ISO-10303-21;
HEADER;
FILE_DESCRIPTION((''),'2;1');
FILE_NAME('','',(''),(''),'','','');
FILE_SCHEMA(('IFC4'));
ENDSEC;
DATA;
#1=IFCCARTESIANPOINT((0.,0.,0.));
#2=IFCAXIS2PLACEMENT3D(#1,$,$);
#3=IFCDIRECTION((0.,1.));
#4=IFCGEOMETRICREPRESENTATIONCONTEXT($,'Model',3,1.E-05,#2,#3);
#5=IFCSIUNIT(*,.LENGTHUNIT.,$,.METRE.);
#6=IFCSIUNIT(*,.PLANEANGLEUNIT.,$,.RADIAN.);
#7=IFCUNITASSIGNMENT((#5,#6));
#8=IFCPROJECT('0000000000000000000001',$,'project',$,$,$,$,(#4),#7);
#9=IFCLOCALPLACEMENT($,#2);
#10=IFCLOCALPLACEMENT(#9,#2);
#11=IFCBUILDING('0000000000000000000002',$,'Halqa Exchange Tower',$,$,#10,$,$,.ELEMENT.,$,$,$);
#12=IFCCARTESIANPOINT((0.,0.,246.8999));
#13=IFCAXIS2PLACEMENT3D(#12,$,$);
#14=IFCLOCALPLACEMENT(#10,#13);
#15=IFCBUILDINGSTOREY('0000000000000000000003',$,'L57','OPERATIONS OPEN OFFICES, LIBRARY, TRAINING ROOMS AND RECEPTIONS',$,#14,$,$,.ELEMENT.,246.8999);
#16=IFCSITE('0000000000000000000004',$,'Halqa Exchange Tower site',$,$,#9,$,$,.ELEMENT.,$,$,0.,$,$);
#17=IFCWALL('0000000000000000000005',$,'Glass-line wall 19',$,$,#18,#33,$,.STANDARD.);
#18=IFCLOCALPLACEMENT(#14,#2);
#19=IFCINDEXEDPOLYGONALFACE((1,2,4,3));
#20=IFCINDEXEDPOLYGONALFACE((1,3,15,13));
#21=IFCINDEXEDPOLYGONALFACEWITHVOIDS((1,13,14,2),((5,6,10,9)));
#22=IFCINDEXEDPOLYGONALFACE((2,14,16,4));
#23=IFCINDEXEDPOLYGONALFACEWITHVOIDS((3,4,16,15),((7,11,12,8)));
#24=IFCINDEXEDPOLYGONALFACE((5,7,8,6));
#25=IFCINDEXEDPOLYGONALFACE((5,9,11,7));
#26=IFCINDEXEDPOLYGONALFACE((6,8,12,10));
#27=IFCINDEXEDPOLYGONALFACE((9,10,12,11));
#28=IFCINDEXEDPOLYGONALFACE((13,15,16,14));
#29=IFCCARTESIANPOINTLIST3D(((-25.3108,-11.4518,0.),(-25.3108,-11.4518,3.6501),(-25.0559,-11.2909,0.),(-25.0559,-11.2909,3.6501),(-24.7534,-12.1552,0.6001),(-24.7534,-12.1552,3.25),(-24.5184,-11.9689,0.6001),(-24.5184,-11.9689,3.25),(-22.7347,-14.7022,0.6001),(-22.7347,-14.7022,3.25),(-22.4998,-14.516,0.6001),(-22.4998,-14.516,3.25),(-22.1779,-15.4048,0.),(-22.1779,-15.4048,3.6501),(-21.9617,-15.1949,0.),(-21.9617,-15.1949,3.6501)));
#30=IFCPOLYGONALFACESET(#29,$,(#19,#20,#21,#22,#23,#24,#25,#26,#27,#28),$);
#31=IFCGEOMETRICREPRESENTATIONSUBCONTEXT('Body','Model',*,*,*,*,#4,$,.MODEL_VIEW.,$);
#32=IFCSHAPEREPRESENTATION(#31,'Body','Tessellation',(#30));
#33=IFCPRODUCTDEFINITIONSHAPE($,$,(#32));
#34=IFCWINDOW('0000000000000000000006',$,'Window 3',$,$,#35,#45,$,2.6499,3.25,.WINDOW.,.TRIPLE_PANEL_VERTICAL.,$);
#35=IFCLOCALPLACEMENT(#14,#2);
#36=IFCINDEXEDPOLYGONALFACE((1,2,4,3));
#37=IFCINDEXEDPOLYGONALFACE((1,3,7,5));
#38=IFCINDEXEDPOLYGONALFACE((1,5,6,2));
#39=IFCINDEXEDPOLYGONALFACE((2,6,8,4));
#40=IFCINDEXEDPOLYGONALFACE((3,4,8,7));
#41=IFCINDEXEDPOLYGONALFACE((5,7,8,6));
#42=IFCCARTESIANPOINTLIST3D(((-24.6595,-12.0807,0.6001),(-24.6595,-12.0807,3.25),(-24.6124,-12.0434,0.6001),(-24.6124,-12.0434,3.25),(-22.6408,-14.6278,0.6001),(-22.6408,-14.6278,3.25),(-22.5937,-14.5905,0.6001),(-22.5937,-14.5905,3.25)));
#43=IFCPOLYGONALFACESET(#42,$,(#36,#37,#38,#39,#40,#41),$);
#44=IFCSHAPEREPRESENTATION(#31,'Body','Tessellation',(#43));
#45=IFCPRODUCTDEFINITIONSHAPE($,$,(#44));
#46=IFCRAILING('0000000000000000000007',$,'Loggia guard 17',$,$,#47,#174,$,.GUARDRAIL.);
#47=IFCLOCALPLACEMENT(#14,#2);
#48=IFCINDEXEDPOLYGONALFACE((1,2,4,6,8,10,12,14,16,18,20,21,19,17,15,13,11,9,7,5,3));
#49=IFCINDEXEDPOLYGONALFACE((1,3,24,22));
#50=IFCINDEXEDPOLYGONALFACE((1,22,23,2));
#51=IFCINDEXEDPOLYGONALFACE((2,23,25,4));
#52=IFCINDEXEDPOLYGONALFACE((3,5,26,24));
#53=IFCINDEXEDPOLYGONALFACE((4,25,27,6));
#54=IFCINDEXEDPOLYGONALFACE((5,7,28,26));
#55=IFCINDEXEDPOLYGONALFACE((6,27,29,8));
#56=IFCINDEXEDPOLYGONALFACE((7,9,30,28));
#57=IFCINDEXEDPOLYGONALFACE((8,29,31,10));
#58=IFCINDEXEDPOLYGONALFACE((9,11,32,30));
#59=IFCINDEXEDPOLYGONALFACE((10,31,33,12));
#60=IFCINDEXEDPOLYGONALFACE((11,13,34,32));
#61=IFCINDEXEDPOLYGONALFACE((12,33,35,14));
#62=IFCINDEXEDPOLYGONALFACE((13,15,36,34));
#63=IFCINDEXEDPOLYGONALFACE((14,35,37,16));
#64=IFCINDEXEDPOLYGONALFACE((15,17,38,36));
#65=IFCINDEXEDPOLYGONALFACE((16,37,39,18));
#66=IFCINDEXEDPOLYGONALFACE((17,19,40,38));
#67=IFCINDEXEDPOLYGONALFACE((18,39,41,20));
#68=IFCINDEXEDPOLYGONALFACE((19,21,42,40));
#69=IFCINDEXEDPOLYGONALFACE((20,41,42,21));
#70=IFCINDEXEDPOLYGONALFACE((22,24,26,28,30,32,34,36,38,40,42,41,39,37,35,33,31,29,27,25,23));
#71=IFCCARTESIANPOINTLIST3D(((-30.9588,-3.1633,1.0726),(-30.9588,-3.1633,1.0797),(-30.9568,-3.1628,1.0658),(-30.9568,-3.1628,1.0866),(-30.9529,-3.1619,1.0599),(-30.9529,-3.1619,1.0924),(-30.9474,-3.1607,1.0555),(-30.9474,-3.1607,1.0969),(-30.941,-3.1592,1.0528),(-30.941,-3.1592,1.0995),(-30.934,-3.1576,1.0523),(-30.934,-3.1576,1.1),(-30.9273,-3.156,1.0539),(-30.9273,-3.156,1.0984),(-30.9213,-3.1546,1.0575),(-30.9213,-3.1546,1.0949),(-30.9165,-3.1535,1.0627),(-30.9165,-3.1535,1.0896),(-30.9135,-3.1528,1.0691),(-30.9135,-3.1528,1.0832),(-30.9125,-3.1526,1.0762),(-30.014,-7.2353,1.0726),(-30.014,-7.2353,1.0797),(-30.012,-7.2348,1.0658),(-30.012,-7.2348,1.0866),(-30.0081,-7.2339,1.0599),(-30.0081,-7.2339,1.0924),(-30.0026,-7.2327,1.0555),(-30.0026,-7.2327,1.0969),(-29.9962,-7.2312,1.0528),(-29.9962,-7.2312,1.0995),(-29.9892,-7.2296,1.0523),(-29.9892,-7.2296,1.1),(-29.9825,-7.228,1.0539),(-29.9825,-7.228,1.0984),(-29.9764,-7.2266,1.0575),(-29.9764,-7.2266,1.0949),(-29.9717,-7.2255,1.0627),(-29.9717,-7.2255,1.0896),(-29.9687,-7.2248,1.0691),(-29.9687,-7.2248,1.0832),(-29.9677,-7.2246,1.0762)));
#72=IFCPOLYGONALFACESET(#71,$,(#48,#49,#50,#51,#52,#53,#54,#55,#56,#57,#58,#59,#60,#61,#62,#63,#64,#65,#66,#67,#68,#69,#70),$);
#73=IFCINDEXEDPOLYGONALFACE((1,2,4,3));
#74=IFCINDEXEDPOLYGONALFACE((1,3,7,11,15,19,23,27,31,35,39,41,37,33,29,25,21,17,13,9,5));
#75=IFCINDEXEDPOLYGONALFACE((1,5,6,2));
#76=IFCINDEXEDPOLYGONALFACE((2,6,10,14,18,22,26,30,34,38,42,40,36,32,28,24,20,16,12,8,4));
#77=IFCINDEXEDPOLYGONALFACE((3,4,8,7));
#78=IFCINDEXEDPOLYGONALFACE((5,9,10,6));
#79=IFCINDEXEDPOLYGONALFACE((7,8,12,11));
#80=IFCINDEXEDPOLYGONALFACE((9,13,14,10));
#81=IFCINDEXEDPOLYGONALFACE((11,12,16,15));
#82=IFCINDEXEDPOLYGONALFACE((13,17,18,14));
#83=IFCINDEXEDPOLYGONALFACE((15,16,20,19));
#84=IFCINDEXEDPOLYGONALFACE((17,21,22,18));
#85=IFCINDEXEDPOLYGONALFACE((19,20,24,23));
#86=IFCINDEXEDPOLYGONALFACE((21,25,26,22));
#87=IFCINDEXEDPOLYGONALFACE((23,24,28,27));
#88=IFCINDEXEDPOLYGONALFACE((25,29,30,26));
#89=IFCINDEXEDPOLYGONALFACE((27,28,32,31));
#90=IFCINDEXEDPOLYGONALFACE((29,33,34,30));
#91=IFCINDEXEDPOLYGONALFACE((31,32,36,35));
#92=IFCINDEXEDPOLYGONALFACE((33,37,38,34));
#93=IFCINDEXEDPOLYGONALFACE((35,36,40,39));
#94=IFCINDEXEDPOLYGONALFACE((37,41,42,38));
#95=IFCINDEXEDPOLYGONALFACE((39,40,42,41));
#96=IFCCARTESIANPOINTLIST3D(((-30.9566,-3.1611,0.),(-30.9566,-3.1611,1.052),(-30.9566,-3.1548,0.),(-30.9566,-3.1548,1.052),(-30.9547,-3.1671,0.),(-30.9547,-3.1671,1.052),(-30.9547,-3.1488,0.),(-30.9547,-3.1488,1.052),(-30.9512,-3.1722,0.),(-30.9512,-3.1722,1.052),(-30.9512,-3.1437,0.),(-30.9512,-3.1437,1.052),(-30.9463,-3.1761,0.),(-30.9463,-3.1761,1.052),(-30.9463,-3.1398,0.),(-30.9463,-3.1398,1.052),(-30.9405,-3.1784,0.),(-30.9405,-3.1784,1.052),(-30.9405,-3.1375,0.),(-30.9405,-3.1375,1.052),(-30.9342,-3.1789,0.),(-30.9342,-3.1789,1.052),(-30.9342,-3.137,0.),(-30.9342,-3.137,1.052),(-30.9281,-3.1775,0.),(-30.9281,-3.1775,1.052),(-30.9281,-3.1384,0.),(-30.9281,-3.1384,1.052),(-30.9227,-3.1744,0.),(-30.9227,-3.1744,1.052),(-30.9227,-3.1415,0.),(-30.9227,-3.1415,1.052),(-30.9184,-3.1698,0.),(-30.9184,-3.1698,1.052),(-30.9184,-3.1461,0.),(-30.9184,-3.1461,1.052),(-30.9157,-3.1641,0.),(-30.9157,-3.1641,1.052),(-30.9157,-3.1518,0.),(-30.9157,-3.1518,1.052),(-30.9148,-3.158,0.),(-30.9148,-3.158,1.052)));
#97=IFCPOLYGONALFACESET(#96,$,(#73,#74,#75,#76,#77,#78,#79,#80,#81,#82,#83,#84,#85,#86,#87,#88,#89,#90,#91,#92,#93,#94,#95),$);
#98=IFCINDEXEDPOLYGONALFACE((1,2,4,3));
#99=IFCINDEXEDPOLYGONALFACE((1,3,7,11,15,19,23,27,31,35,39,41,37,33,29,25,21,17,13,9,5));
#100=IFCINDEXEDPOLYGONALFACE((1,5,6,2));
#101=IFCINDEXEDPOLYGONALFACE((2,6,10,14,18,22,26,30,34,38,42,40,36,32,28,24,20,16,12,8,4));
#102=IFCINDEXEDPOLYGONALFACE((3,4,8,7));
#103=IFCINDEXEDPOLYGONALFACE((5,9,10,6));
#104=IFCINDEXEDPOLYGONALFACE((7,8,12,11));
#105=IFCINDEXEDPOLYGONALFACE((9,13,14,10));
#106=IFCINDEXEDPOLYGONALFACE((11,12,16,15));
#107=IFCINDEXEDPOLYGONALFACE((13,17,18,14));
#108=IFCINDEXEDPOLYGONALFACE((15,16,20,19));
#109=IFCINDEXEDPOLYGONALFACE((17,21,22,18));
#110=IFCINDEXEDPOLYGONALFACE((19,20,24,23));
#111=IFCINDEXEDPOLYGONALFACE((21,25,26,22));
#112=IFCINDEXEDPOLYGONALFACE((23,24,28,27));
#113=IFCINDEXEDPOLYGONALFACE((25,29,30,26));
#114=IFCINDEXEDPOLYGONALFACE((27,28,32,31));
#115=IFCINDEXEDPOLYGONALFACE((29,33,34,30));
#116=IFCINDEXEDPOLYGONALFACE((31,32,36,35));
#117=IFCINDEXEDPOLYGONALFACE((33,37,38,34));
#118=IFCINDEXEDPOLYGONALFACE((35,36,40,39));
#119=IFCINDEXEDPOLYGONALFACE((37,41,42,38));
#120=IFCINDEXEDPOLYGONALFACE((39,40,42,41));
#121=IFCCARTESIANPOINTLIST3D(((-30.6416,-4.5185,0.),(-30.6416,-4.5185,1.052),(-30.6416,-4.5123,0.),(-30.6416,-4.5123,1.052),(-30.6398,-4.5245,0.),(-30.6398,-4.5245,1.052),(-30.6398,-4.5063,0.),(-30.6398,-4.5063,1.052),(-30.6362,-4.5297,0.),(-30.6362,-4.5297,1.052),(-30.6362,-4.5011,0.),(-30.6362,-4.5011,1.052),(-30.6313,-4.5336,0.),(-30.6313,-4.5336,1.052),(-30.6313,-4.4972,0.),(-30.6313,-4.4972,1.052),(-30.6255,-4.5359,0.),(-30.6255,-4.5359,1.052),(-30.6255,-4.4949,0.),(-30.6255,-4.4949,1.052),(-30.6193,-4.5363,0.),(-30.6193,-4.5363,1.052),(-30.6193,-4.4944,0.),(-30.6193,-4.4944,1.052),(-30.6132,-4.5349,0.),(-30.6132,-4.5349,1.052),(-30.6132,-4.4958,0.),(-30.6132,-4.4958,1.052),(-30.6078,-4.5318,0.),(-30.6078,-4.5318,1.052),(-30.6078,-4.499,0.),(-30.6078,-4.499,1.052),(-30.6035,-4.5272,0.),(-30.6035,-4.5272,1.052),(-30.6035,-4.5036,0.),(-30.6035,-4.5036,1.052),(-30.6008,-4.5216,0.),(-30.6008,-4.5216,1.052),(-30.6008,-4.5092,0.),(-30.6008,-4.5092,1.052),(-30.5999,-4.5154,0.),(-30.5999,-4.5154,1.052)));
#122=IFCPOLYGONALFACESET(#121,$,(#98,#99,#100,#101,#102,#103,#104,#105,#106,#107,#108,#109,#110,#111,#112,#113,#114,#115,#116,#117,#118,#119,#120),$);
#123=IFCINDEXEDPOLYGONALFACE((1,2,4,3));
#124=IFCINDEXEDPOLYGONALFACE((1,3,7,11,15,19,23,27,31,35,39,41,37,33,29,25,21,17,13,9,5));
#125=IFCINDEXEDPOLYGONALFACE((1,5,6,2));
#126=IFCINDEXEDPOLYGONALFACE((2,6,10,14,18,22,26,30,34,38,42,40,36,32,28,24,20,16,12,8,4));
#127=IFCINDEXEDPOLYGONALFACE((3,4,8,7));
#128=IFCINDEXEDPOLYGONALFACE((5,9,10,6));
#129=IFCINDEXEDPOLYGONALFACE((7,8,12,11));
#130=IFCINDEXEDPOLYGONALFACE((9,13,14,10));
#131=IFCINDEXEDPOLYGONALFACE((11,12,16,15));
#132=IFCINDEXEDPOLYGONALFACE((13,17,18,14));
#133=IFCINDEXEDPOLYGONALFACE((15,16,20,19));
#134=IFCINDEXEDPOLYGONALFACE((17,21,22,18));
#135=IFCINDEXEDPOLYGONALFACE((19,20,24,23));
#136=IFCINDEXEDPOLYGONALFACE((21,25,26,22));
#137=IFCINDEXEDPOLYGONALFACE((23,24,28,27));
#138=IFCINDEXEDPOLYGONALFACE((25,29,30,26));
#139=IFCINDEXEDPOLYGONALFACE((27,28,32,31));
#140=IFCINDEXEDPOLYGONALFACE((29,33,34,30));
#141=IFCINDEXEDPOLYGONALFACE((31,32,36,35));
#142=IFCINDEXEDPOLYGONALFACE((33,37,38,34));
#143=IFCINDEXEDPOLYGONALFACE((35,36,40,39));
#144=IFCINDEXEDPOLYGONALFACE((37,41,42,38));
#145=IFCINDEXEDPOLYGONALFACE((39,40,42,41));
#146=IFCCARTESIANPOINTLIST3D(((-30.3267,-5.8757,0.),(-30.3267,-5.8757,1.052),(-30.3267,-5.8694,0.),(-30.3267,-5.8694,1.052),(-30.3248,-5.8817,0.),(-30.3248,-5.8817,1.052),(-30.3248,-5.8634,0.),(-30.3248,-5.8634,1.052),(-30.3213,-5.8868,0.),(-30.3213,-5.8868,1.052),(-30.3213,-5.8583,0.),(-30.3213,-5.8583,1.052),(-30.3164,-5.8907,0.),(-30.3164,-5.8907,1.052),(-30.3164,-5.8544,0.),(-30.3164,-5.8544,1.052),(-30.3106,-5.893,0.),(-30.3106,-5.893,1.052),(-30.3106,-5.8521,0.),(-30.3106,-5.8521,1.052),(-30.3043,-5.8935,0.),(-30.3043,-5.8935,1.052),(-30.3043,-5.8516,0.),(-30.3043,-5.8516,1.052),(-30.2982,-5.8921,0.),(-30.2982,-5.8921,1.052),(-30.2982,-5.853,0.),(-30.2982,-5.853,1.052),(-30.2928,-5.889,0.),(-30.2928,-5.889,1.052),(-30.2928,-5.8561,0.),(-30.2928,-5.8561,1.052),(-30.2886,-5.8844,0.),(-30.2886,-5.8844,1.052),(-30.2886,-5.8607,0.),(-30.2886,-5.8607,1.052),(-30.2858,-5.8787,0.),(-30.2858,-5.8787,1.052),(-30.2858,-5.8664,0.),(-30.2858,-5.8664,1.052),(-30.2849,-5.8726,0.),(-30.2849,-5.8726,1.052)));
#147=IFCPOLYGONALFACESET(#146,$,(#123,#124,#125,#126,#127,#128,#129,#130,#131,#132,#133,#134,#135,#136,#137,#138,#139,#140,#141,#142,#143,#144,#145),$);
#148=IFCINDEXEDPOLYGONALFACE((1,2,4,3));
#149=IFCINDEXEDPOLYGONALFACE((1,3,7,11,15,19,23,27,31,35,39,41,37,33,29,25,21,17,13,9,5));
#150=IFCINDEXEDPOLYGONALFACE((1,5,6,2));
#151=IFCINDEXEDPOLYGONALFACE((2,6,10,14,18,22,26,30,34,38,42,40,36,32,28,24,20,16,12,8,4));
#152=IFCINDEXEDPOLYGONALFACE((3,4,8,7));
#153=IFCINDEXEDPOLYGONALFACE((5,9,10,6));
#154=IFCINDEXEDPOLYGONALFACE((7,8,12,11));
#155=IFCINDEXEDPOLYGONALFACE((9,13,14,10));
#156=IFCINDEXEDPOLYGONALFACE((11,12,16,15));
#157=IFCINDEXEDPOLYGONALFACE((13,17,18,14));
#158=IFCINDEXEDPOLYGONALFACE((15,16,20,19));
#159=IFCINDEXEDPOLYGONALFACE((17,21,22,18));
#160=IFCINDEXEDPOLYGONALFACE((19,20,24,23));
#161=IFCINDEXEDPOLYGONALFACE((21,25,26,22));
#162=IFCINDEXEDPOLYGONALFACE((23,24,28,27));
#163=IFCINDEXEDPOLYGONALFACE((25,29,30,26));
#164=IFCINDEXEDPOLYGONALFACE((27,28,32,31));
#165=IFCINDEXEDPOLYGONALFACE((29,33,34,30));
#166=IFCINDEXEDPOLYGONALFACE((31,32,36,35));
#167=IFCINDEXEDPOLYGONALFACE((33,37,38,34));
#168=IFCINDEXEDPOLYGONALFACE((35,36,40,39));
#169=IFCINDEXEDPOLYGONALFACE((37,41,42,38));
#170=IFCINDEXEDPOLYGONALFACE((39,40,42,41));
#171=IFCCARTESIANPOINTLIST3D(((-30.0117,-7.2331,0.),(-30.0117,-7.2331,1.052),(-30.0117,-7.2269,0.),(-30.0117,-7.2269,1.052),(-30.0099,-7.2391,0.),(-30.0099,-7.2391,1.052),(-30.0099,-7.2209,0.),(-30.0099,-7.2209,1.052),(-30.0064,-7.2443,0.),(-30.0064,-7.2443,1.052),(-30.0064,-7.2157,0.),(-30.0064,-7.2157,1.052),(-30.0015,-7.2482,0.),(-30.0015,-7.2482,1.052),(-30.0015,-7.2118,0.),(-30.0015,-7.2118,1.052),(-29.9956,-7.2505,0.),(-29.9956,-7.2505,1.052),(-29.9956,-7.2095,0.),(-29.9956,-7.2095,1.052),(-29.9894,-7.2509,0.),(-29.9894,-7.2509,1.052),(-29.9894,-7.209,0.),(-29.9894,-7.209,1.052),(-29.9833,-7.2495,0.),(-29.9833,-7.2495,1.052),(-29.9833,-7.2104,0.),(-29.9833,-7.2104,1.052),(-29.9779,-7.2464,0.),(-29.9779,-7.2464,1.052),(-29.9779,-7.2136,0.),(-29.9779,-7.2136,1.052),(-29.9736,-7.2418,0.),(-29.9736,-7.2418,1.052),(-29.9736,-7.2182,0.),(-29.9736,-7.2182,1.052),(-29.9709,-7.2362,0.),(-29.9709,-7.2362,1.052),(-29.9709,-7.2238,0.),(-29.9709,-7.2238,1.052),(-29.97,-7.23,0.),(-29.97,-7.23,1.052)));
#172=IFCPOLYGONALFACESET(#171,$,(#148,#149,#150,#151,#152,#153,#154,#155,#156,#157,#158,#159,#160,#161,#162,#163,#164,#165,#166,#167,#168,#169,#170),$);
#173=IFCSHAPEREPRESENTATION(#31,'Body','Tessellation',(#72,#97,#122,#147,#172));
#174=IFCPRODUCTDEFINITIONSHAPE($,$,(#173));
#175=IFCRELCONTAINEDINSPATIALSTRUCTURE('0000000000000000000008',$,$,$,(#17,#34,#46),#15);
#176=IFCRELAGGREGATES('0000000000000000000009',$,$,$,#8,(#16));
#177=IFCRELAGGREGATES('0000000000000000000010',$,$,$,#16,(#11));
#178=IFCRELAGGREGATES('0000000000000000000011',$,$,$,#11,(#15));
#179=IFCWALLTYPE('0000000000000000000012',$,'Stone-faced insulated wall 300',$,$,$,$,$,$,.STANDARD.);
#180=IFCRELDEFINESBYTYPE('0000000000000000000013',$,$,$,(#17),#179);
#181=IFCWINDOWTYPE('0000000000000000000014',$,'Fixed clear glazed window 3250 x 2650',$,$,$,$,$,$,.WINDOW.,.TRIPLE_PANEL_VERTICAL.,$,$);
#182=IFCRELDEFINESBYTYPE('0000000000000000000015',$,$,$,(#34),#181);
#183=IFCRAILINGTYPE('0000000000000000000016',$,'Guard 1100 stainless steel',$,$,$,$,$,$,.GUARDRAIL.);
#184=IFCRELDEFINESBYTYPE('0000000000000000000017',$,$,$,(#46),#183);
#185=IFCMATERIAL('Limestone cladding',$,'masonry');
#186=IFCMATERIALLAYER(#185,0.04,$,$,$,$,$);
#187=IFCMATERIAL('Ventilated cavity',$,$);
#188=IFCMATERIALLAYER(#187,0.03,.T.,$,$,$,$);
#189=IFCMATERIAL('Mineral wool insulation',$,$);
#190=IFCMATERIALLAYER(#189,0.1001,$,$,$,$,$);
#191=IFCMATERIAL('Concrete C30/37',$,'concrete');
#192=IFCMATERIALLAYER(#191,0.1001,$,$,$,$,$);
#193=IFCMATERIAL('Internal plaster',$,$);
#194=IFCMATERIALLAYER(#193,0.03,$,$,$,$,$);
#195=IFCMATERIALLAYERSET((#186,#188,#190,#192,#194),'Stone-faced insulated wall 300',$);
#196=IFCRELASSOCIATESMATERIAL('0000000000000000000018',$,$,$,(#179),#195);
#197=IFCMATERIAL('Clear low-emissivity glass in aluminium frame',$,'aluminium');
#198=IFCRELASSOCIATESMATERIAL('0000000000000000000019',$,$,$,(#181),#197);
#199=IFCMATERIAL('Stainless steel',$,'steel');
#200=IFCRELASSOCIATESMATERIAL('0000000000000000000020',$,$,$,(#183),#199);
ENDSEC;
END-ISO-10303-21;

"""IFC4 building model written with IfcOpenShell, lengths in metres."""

from ifc_helpers import new_model, si_unit, direction, frame, frame_2d, origin, origin_2d, place, context, subcontext, project, spatial, polyline, rectangle, circle, outline, extrude, material, layer, layer_set, type_object, element, fill, save


model = new_model("IFC4")

# Units and contexts
model_context = context("Model", 3, precision=1e-05, world=origin(), true_north=direction((0.0, 1.0)))
body_context = subcontext(model_context, "Body", "Model", "MODEL_VIEW")
ifc_project = project(units=[si_unit("LENGTHUNIT", "METRE"), si_unit("PLANEANGLEUNIT", "RADIAN")], contexts=[model_context])

# Site, building, storey
site_placement = place(None, origin())
site = spatial("IfcSite", under=ifc_project, at=site_placement, Name="Halqa Exchange Tower site", CompositionType="ELEMENT", RefElevation=0.0)
building_placement = place(site_placement, origin())
building = spatial("IfcBuilding", under=site, at=building_placement, Name="Halqa Exchange Tower", CompositionType="ELEMENT")
storey_placement = place(building_placement, frame((0.0, 0.0, 246.8999)))
storey = spatial("IfcBuildingStorey", under=building, at=storey_placement, Name="L57", Description="OPERATIONS OPEN OFFICES, LIBRARY, TRAINING ROOMS AND RECEPTIONS", CompositionType="ELEMENT", Elevation=246.8999)

# Wall, opening, window
ifc_material_1 = material(Name="Limestone cladding", Category="masonry")
ifc_layer_1 = layer(ifc_material_1, 0.04)
ifc_material_2 = material(Name="Ventilated cavity")
ifc_layer_2 = layer(ifc_material_2, 0.03, ventilated=True)
ifc_material_3 = material(Name="Mineral wool insulation")
ifc_layer_3 = layer(ifc_material_3, 0.1001)
ifc_material_4 = material(Name="Concrete C30/37", Category="concrete")
ifc_layer_4 = layer(ifc_material_4, 0.1001)
ifc_material_5 = material(Name="Internal plaster")
ifc_layer_5 = layer(ifc_material_5, 0.03)
ifc_layer_set_1 = layer_set([ifc_layer_1, ifc_layer_2, ifc_layer_3, ifc_layer_4, ifc_layer_5], Name="Stone-faced insulated wall 300")
wall_type_1 = type_object("IfcWallType", Name="Stone-faced insulated wall 300", PredefinedType="STANDARD", material=ifc_layer_set_1)
ifc_material_6 = material(Name="Clear low-emissivity glass in aluminium frame", Category="aluminium")
window_type = type_object("IfcWindowType", Name="Fixed clear glazed window 3250 x 2650", PartitioningType="TRIPLE_PANEL_VERTICAL", PredefinedType="WINDOW", material=ifc_material_6)
wall_1_placement = place(storey_placement, frame((-25.1833, -11.3713, 0.0), z_axis=(0.0, 0.0, 1.0), x_axis=(0.621131, -0.783707, 0.0)))
wall_1 = element("IfcWall", 1, at=wall_1_placement, inside=storey, type_object=wall_type_1, Name="Glass-line wall 19", PredefinedType="STANDARD", context=body_context, shape_type="SweptSolid", body=[
    extrude(outline(polyline([(-0.0161, -0.1499), (5.0278, -0.1499), (4.9976, 0.1499), (0.0161, 0.1499), (-0.0161, -0.1499)])), origin(), (0.0, 0.0, 1.0), 3.6501),
])
opening_1_placement = place(wall_1_placement, frame((0.8813, 0.0, 0.6001)))
opening_1 = element("IfcOpeningElement", 2, at=opening_1_placement, cuts=wall_1, PredefinedType="OPENING", context=body_context, shape_type="SweptSolid", body=[
    extrude(rectangle(XDim=3.25, YDim=2.6499, at=frame_2d((1.625, 1.325))), frame((0.0, 0.1621, 0.0), z_axis=(0.0, -1.0, 0.0), x_axis=(1.0, 0.0, 0.0)), (0.0, 0.0, 1.0), 0.324),
])
window_1_placement = place(opening_1_placement, origin())
window_1 = element("IfcWindow", 3, at=window_1_placement, inside=storey, type_object=window_type, Name="Window 3", OverallHeight=2.6499, OverallWidth=3.25, PartitioningType="TRIPLE_PANEL_VERTICAL", PredefinedType="WINDOW", context=body_context, shape_type="SweptSolid", body=[
    extrude(rectangle(XDim=3.25, YDim=2.6499, at=frame_2d((1.625, 1.325))), frame((0.0, 0.03, 0.0), z_axis=(0.0, -1.0, 0.0), x_axis=(1.0, 0.0, 0.0)), (0.0, 0.0, 1.0), 0.0601),
])
fill(opening_1, window_1)

# Railing
ifc_material_7 = material(Name="Stainless steel", Category="steel")
railing_type = type_object("IfcRailingType", Name="Guard 1100 stainless steel", PredefinedType="GUARDRAIL", material=ifc_material_7)
railing_1_placement = place(storey_placement, frame((-30.9358, -3.158, 0.0)))
element("IfcRailing", 4, at=railing_1_placement, inside=storey, type_object=railing_type, Name="Loggia guard 17", PredefinedType="GUARDRAIL", context=body_context, shape_type="SweptSolid", body=[
    extrude(circle(Radius=0.0239, at=origin_2d()), frame((0.0, 0.0, 1.0762), z_axis=(0.226024, -0.974122, 0.0), x_axis=(0.974122, 0.226024, 0.0)), (0.0, 0.0, 1.0), 4.1802),
    extrude(circle(Radius=0.021, at=origin_2d()), origin(), (0.0, 0.0, 1.0), 1.052),
    extrude(circle(Radius=0.021, at=origin_2d()), frame((0.3149, -1.3574, 0.0)), (0.0, 0.0, 1.0), 1.052),
    extrude(circle(Radius=0.021, at=origin_2d()), frame((0.6299, -2.7146, 0.0)), (0.0, 0.0, 1.0), 1.052),
    extrude(circle(Radius=0.021, at=origin_2d()), frame((0.9448, -4.072, 0.0)), (0.0, 0.0, 1.0), 1.052),
])

save(model, "model.ifc")
